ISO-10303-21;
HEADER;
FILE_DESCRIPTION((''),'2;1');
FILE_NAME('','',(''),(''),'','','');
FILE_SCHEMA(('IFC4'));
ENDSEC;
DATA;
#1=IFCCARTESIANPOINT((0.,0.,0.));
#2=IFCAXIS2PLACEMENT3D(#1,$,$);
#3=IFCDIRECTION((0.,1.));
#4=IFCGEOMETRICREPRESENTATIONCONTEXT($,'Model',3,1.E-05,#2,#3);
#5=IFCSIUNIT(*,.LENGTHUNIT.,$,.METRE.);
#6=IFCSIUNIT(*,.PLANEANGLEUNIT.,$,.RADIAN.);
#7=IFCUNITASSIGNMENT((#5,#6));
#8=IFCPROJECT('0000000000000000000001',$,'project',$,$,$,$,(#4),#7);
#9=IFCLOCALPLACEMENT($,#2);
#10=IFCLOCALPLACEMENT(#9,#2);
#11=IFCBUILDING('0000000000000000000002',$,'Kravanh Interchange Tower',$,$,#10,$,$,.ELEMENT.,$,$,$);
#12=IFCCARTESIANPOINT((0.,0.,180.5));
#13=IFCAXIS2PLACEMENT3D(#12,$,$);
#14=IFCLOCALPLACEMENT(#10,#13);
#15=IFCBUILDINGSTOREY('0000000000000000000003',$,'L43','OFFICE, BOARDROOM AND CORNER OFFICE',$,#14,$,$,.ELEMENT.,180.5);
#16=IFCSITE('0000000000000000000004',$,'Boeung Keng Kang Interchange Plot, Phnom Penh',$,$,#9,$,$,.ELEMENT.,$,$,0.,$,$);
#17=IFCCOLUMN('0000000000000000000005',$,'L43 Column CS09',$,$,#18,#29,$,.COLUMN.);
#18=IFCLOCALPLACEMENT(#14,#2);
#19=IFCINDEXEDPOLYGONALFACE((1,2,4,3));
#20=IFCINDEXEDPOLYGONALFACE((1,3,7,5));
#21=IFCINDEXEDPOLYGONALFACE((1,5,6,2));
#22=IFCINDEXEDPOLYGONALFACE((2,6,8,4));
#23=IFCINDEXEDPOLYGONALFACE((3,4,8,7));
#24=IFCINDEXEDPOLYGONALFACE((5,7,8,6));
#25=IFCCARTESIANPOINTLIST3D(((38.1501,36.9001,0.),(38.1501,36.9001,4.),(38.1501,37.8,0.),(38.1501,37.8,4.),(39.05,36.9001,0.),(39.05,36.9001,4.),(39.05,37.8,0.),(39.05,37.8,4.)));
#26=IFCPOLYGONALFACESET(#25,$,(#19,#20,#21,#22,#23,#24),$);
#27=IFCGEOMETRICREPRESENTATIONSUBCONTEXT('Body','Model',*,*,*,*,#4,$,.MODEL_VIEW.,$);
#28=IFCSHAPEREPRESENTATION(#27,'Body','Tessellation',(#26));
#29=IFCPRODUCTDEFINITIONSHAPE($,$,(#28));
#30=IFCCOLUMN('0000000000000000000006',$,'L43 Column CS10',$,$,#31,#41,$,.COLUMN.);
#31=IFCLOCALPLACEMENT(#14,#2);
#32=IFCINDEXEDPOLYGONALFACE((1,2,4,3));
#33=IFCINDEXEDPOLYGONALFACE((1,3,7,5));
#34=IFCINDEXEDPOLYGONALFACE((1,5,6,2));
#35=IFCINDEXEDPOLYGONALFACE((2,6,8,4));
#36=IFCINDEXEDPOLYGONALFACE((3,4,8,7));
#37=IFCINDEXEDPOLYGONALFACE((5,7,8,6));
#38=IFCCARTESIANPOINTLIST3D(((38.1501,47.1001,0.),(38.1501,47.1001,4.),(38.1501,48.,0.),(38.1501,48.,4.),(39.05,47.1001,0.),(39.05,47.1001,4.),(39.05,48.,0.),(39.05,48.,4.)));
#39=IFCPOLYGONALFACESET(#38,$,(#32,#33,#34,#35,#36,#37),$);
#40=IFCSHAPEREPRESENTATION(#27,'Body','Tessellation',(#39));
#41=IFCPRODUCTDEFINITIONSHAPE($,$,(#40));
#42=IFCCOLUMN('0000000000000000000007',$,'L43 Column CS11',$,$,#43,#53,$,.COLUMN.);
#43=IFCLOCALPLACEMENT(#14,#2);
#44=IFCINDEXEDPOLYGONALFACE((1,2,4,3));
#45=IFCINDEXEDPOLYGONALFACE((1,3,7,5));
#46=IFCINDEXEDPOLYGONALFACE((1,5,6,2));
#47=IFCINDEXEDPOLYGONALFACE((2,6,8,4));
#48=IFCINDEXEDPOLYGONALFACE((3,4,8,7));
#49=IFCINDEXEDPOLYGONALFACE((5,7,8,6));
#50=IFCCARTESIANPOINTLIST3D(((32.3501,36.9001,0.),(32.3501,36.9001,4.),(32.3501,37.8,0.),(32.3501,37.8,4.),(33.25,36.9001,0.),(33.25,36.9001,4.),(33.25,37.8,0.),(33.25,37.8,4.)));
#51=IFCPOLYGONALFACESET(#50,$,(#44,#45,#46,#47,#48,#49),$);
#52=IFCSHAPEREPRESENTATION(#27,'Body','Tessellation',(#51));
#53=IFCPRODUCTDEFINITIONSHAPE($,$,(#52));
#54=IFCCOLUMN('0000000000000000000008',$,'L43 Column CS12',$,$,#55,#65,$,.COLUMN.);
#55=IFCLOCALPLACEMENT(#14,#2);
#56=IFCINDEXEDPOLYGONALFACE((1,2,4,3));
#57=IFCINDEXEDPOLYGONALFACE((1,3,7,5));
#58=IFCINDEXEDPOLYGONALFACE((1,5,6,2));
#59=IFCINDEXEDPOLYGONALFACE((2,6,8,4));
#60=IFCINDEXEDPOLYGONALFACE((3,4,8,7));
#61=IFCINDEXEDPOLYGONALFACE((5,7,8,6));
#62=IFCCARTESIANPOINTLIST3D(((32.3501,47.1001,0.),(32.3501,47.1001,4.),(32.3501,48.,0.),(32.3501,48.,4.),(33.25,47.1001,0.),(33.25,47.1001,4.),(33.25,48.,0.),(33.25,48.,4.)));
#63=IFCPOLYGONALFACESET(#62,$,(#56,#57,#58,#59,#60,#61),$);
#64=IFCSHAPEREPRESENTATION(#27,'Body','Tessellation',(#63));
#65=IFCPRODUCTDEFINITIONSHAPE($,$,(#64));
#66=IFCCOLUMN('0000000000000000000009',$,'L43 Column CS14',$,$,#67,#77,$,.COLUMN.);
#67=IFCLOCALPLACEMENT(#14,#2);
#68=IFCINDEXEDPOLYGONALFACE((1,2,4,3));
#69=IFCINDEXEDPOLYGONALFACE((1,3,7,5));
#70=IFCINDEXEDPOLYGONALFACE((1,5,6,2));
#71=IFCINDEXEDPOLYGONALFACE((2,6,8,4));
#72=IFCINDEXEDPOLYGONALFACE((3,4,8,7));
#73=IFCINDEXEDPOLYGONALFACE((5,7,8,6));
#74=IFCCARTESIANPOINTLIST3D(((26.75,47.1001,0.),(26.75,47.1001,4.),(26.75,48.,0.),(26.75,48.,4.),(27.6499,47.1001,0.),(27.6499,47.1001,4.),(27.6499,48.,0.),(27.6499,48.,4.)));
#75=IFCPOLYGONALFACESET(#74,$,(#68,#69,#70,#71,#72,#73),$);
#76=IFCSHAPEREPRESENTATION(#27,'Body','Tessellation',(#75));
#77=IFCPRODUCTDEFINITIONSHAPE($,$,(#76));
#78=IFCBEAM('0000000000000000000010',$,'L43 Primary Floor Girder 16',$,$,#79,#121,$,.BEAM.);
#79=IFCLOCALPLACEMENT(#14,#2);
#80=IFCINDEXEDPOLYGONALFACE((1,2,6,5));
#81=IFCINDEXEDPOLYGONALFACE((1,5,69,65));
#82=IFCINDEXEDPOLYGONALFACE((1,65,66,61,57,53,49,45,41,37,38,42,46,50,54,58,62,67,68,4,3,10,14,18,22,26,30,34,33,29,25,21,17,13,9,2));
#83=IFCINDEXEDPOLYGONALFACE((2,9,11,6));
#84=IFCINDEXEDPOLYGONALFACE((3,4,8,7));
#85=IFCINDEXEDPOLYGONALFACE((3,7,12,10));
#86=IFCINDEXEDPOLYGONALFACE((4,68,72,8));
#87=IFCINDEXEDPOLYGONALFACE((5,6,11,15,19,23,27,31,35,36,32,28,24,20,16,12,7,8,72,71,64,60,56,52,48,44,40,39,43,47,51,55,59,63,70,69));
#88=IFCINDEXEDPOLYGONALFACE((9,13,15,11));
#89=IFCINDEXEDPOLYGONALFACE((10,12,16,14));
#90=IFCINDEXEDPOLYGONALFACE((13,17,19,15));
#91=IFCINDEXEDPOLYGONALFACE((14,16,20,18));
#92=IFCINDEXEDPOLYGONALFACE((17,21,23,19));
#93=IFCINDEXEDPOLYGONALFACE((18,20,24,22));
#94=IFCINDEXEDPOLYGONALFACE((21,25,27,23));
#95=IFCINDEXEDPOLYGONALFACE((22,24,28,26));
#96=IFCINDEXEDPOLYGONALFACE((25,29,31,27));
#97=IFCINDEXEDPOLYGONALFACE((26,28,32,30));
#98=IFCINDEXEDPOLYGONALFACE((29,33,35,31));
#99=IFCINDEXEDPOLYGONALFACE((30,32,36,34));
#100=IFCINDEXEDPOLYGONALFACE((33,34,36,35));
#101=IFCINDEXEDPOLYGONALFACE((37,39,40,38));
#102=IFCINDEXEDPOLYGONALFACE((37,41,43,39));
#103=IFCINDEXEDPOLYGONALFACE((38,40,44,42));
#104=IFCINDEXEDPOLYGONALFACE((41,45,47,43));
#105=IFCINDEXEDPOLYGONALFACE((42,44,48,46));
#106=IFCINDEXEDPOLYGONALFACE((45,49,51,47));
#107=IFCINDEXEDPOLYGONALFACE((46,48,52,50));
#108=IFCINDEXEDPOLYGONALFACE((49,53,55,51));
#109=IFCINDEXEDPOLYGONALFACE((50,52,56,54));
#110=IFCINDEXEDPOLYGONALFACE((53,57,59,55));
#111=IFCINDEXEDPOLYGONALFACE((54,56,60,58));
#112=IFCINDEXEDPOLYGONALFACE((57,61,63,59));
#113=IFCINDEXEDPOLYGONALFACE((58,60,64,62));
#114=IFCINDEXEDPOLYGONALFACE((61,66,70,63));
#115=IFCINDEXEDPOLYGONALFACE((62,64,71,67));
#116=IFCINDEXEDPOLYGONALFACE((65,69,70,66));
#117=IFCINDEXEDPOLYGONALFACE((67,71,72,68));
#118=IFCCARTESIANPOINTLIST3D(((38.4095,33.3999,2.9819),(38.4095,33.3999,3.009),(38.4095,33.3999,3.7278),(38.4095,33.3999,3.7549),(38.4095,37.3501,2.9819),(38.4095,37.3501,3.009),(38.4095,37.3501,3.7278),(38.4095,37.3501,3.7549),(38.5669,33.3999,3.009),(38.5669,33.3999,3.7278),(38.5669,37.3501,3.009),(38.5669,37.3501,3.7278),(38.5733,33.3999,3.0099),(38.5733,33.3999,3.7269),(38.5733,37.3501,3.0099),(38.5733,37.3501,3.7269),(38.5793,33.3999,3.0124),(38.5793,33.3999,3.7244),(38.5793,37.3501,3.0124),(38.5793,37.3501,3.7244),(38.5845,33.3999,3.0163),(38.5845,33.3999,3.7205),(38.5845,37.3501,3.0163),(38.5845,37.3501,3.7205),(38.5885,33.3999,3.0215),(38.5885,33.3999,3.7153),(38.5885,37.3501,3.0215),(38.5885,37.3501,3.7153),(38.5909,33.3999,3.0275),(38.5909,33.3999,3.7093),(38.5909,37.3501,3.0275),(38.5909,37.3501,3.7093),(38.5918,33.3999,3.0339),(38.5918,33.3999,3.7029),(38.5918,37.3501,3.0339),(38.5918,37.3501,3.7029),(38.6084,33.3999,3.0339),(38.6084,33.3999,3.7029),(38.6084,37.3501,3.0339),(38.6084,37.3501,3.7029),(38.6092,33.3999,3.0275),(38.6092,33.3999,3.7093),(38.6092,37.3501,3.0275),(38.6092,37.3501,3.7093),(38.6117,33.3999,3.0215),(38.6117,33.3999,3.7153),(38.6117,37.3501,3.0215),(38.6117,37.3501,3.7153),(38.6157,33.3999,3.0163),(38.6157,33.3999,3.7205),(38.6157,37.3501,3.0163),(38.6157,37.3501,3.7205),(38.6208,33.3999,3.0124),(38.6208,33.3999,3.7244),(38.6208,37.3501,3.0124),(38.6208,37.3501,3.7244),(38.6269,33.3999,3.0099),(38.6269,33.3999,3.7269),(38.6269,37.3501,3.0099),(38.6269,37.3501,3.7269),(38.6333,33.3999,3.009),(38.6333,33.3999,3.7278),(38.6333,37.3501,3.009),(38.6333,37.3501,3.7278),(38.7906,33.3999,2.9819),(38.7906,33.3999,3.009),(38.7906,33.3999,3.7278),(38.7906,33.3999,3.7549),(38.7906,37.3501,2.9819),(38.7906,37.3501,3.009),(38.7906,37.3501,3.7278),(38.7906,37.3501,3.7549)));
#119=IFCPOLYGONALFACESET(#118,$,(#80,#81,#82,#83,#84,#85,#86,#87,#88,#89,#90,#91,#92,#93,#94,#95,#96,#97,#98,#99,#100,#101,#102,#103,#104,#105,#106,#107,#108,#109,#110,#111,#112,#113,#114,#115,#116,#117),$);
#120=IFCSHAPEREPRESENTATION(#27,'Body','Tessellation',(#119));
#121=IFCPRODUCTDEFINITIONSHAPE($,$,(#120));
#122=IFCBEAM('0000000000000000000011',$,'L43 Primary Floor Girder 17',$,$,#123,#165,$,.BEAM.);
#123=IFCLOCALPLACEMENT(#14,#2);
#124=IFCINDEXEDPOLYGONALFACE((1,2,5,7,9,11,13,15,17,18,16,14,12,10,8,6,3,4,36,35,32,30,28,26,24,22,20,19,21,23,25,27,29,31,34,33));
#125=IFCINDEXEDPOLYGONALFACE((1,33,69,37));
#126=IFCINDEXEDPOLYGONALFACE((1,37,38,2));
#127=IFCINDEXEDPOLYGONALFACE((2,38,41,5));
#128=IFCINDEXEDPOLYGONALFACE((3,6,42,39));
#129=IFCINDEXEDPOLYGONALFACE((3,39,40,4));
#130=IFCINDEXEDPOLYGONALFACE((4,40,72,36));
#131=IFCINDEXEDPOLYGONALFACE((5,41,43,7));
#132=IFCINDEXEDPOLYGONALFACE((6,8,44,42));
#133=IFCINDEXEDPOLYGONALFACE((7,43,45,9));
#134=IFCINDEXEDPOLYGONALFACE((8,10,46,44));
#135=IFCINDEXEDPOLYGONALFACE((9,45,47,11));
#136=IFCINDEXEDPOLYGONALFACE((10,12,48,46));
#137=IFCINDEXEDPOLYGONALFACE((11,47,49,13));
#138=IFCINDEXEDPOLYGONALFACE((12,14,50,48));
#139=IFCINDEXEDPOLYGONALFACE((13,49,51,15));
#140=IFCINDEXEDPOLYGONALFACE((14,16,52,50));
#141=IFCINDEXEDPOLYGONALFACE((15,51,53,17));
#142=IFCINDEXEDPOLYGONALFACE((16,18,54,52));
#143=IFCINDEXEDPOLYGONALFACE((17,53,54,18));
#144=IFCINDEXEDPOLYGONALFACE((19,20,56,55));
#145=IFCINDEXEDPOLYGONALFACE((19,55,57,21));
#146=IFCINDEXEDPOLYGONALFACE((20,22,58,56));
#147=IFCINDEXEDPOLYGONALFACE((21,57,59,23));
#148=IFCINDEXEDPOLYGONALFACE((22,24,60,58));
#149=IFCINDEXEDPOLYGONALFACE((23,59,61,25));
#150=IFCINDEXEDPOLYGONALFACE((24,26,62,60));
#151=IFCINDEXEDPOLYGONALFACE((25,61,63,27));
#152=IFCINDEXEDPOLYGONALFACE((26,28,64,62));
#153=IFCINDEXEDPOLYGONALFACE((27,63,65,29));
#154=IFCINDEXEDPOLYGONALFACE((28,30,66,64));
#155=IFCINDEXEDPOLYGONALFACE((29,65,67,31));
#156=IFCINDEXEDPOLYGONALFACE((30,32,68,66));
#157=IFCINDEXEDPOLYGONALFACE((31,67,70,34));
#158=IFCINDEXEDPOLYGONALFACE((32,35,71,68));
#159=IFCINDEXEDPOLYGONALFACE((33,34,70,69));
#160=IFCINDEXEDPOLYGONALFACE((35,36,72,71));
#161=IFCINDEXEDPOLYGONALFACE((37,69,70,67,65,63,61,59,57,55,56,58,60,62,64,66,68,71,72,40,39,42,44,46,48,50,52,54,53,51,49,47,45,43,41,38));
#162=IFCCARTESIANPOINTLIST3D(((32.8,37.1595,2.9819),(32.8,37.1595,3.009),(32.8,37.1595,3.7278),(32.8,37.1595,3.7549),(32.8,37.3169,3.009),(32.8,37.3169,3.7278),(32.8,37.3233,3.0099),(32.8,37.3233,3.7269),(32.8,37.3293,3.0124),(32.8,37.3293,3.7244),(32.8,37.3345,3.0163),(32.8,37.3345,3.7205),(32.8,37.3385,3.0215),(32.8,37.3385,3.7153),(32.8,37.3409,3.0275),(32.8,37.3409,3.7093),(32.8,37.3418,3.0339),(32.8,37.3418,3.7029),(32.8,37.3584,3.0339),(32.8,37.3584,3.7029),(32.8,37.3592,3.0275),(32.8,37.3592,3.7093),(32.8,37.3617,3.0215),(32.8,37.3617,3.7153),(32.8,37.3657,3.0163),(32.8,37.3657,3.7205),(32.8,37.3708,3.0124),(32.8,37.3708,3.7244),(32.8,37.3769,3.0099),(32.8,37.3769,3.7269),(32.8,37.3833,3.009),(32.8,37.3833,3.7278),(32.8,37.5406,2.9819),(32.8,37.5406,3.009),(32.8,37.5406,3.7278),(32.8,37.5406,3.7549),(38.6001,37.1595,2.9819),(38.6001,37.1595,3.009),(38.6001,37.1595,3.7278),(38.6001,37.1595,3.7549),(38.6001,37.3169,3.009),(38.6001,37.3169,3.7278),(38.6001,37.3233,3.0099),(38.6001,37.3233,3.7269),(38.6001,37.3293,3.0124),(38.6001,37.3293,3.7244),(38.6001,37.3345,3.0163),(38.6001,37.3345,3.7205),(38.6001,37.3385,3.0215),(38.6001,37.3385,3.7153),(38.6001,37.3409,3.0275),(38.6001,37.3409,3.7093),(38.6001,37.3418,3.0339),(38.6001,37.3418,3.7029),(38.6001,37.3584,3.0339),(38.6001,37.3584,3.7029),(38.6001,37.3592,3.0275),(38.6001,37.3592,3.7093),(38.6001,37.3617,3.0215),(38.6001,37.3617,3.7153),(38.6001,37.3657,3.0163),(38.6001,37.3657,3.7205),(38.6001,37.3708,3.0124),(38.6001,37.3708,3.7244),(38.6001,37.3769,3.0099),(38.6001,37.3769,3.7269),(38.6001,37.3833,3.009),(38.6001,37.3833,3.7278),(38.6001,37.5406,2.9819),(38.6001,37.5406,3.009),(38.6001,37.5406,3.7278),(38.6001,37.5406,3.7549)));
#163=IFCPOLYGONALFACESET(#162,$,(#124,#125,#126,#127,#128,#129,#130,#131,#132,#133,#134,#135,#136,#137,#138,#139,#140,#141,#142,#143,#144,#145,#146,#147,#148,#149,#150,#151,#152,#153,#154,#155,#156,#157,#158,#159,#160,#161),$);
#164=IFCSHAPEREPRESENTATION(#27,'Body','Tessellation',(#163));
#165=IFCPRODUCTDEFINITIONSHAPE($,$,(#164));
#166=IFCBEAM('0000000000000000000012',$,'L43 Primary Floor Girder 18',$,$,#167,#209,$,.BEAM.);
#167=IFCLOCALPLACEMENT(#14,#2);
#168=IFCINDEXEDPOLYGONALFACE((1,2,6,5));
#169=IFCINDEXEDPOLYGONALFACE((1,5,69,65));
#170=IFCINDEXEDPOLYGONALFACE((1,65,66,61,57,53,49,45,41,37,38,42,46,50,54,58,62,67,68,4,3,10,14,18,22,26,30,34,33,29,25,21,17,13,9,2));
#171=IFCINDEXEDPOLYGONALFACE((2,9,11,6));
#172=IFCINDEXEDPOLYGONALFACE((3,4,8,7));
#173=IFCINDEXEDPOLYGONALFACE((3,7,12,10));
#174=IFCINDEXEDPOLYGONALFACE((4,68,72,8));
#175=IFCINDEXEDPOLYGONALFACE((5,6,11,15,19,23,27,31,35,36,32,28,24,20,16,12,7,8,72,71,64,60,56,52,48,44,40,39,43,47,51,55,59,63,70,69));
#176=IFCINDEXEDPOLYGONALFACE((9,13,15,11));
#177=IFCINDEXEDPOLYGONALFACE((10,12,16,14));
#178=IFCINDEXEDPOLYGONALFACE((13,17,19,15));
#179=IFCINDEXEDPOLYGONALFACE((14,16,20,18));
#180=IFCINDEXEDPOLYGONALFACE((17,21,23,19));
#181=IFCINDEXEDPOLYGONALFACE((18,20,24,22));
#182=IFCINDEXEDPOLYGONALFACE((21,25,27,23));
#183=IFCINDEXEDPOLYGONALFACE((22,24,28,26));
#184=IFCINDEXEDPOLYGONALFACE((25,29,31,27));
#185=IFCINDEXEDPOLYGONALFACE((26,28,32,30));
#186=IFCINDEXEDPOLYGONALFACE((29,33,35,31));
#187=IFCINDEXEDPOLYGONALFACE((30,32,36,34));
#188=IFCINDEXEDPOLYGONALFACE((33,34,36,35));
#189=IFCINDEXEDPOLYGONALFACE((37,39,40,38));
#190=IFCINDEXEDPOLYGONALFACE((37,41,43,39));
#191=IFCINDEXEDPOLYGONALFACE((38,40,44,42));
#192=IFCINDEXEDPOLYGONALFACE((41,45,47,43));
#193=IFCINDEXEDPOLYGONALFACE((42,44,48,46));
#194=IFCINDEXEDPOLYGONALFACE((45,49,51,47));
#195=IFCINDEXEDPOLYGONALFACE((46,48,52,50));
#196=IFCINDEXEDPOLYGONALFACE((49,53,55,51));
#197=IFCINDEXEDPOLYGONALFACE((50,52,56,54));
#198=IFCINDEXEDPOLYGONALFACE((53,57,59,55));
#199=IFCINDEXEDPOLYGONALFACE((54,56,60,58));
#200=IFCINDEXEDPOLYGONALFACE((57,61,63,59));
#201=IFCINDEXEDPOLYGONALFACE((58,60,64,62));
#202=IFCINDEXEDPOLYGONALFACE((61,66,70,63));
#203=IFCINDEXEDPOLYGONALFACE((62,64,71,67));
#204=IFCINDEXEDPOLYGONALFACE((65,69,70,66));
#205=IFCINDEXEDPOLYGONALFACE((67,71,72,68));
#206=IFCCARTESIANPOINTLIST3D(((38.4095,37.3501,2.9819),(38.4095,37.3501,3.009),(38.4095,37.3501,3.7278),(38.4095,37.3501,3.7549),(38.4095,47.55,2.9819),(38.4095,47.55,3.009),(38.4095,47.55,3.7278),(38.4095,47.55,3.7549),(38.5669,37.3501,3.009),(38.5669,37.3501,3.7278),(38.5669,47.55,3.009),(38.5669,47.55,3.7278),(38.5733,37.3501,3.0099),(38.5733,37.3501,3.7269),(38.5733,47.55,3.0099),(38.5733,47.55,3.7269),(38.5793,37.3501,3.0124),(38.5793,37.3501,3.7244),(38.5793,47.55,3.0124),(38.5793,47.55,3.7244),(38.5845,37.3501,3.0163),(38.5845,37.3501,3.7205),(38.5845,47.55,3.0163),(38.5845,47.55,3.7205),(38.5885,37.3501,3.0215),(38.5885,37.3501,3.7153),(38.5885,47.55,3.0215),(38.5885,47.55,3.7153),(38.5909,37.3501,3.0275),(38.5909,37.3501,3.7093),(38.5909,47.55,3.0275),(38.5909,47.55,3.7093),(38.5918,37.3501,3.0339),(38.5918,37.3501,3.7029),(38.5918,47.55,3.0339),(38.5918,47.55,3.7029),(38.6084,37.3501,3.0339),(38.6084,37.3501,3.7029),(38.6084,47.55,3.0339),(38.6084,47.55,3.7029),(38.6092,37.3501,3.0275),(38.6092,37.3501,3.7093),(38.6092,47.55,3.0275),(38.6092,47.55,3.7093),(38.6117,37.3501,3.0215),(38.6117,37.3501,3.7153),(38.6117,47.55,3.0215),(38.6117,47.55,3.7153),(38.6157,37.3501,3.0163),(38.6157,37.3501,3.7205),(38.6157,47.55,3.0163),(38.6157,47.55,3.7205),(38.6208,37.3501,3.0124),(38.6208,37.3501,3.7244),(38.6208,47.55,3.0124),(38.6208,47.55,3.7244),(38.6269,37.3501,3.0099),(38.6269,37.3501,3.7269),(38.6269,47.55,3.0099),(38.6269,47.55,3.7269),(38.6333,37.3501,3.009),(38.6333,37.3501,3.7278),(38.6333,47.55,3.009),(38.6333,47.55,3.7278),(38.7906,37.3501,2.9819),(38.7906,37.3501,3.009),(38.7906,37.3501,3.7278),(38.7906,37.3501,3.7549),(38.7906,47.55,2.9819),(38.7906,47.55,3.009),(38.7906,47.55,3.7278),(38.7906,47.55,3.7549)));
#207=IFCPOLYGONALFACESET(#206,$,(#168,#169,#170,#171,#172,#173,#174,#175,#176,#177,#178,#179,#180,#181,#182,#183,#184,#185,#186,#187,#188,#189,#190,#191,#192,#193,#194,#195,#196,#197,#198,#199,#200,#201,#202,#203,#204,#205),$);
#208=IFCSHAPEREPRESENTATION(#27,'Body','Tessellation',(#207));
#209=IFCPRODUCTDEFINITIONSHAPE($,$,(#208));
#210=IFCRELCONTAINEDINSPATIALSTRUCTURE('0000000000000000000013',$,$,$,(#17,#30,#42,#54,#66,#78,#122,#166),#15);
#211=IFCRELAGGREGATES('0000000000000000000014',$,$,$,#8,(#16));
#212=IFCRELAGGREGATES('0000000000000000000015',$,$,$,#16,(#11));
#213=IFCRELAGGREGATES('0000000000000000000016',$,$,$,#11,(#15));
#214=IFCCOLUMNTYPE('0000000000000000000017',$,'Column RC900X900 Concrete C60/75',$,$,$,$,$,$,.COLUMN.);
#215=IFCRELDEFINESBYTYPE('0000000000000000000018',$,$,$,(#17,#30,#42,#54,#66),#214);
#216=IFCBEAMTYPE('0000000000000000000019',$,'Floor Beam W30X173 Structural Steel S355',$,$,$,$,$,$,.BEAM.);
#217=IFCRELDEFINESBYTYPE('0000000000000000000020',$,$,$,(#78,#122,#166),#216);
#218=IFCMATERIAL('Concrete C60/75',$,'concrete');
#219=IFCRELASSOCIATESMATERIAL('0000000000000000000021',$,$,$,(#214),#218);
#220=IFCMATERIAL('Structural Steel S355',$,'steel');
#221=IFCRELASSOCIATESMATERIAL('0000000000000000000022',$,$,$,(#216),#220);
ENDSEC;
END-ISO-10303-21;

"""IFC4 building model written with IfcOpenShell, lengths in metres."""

from ifc_helpers import new_model, si_unit, direction, frame, origin, origin_2d, place, context, subcontext, project, spatial, rectangle, i_section, extrude, material, material_profile, profile_set, type_object, element, save


model = new_model("IFC4")

# Units and contexts
model_context = context("Model", 3, precision=1e-05, world=origin(), true_north=direction((0.0, 1.0)))
body_context = subcontext(model_context, "Body", "Model", "MODEL_VIEW")
ifc_project = project(units=[si_unit("LENGTHUNIT", "METRE"), si_unit("PLANEANGLEUNIT", "RADIAN")], contexts=[model_context])

# Site, building, storey
site_placement = place(None, origin())
site = spatial("IfcSite", under=ifc_project, at=site_placement, Name="Boeung Keng Kang Interchange Plot, Phnom Penh", CompositionType="ELEMENT", RefElevation=0.0)
building_placement = place(site_placement, origin())
building = spatial("IfcBuilding", under=site, at=building_placement, Name="Kravanh Interchange Tower", CompositionType="ELEMENT")
storey_placement = place(building_placement, frame((0.0, 0.0, 180.5)))
storey = spatial("IfcBuildingStorey", under=building, at=storey_placement, Name="L43", Description="OFFICE, BOARDROOM AND CORNER OFFICE", CompositionType="ELEMENT", Elevation=180.5)

# Columns
ifc_material_1 = material(Name="Concrete C60/75", Category="concrete")
ifc_material_profile_1 = material_profile(ifc_material_1, rectangle(XDim=0.8999, YDim=0.8999, at=origin_2d()), Name="RC900X900")
ifc_profile_set_1 = profile_set([ifc_material_profile_1], Name="Concrete C60/75")
column_type = type_object("IfcColumnType", Name="Column RC900X900 Concrete C60/75", PredefinedType="COLUMN", material=ifc_profile_set_1)
for number, where, z_axis, x_axis, name in (
    (1, (38.6001, 37.3501, 0.0), (0.0, 0.0, 1.0), (1.0, 0.0, 0.0), "L43 Column CS09"),
    (2, (38.6001, 47.55, 0.0), (0.0, 0.0, 1.0), (1.0, 0.0, 0.0), "L43 Column CS10"),
    (3, (32.8, 37.3501, 0.0), (0.0, 0.0, 1.0), (1.0, 0.0, 0.0), "L43 Column CS11"),
    (4, (32.8, 47.55, 0.0), (0.0, 0.0, 1.0), (1.0, 0.0, 0.0), "L43 Column CS12"),
    (5, (27.2, 47.55, 0.0), (0.0, 0.0, 1.0), (1.0, 0.0, 0.0), "L43 Column CS14"),
):
    element("IfcColumn", number, at=place(storey_placement, frame(where, z_axis=z_axis, x_axis=x_axis)), inside=storey, type_object=column_type, Name=name, PredefinedType="COLUMN", context=body_context, shape_type="SweptSolid", body=[
        extrude(rectangle(XDim=0.8999, YDim=0.8999, at=origin_2d()), origin(), (0.0, 0.0, 1.0), 4.0),
    ])

# Beams
ifc_material_2 = material(Name="Structural Steel S355", Category="steel")
ifc_material_profile_2 = material_profile(ifc_material_2, i_section(OverallWidth=0.3811, OverallDepth=0.7729, WebThickness=0.0166, FlangeThickness=0.0271, FilletRadius=0.0249, at=origin_2d()), Name="W30X173")
ifc_profile_set_2 = profile_set([ifc_material_profile_2], Name="Structural Steel S355")
beam_type = type_object("IfcBeamType", Name="Floor Beam W30X173 Structural Steel S355", PredefinedType="BEAM", material=ifc_profile_set_2)
beam_1_placement = place(storey_placement, frame((38.6001, 37.3501, 3.3684), z_axis=(0.0, -1.0, 0.0), x_axis=(1.0, 0.0, 0.0)))
element("IfcBeam", 6, at=beam_1_placement, inside=storey, type_object=beam_type, Name="L43 Primary Floor Girder 16", PredefinedType="BEAM", context=body_context, shape_type="SweptSolid", body=[
    extrude(i_section(OverallWidth=0.3811, OverallDepth=0.7729, WebThickness=0.0166, FlangeThickness=0.0271, FilletRadius=0.0249, at=origin_2d()), origin(), (0.0, 0.0, 1.0), 3.9502),
])
beam_2_placement = place(storey_placement, frame((38.6001, 37.3501, 3.3684), z_axis=(-1.0, 0.0, 0.0), x_axis=(0.0, -1.0, 0.0)))
element("IfcBeam", 7, at=beam_2_placement, inside=storey, type_object=beam_type, Name="L43 Primary Floor Girder 17", PredefinedType="BEAM", context=body_context, shape_type="SweptSolid", body=[
    extrude(i_section(OverallWidth=0.3811, OverallDepth=0.7729, WebThickness=0.0166, FlangeThickness=0.0271, FilletRadius=0.0249, at=origin_2d()), origin(), (0.0, 0.0, 1.0), 5.8),
])
beam_3_placement = place(storey_placement, frame((38.6001, 37.3501, 3.3684), z_axis=(0.0, 1.0, 0.0), x_axis=(-1.0, 0.0, 0.0)))
element("IfcBeam", 8, at=beam_3_placement, inside=storey, type_object=beam_type, Name="L43 Primary Floor Girder 18", PredefinedType="BEAM", context=body_context, shape_type="SweptSolid", body=[
    extrude(i_section(OverallWidth=0.3811, OverallDepth=0.7729, WebThickness=0.0166, FlangeThickness=0.0271, FilletRadius=0.0249, at=origin_2d()), origin(), (0.0, 0.0, 1.0), 10.2),
])

save(model, "model.ifc")
